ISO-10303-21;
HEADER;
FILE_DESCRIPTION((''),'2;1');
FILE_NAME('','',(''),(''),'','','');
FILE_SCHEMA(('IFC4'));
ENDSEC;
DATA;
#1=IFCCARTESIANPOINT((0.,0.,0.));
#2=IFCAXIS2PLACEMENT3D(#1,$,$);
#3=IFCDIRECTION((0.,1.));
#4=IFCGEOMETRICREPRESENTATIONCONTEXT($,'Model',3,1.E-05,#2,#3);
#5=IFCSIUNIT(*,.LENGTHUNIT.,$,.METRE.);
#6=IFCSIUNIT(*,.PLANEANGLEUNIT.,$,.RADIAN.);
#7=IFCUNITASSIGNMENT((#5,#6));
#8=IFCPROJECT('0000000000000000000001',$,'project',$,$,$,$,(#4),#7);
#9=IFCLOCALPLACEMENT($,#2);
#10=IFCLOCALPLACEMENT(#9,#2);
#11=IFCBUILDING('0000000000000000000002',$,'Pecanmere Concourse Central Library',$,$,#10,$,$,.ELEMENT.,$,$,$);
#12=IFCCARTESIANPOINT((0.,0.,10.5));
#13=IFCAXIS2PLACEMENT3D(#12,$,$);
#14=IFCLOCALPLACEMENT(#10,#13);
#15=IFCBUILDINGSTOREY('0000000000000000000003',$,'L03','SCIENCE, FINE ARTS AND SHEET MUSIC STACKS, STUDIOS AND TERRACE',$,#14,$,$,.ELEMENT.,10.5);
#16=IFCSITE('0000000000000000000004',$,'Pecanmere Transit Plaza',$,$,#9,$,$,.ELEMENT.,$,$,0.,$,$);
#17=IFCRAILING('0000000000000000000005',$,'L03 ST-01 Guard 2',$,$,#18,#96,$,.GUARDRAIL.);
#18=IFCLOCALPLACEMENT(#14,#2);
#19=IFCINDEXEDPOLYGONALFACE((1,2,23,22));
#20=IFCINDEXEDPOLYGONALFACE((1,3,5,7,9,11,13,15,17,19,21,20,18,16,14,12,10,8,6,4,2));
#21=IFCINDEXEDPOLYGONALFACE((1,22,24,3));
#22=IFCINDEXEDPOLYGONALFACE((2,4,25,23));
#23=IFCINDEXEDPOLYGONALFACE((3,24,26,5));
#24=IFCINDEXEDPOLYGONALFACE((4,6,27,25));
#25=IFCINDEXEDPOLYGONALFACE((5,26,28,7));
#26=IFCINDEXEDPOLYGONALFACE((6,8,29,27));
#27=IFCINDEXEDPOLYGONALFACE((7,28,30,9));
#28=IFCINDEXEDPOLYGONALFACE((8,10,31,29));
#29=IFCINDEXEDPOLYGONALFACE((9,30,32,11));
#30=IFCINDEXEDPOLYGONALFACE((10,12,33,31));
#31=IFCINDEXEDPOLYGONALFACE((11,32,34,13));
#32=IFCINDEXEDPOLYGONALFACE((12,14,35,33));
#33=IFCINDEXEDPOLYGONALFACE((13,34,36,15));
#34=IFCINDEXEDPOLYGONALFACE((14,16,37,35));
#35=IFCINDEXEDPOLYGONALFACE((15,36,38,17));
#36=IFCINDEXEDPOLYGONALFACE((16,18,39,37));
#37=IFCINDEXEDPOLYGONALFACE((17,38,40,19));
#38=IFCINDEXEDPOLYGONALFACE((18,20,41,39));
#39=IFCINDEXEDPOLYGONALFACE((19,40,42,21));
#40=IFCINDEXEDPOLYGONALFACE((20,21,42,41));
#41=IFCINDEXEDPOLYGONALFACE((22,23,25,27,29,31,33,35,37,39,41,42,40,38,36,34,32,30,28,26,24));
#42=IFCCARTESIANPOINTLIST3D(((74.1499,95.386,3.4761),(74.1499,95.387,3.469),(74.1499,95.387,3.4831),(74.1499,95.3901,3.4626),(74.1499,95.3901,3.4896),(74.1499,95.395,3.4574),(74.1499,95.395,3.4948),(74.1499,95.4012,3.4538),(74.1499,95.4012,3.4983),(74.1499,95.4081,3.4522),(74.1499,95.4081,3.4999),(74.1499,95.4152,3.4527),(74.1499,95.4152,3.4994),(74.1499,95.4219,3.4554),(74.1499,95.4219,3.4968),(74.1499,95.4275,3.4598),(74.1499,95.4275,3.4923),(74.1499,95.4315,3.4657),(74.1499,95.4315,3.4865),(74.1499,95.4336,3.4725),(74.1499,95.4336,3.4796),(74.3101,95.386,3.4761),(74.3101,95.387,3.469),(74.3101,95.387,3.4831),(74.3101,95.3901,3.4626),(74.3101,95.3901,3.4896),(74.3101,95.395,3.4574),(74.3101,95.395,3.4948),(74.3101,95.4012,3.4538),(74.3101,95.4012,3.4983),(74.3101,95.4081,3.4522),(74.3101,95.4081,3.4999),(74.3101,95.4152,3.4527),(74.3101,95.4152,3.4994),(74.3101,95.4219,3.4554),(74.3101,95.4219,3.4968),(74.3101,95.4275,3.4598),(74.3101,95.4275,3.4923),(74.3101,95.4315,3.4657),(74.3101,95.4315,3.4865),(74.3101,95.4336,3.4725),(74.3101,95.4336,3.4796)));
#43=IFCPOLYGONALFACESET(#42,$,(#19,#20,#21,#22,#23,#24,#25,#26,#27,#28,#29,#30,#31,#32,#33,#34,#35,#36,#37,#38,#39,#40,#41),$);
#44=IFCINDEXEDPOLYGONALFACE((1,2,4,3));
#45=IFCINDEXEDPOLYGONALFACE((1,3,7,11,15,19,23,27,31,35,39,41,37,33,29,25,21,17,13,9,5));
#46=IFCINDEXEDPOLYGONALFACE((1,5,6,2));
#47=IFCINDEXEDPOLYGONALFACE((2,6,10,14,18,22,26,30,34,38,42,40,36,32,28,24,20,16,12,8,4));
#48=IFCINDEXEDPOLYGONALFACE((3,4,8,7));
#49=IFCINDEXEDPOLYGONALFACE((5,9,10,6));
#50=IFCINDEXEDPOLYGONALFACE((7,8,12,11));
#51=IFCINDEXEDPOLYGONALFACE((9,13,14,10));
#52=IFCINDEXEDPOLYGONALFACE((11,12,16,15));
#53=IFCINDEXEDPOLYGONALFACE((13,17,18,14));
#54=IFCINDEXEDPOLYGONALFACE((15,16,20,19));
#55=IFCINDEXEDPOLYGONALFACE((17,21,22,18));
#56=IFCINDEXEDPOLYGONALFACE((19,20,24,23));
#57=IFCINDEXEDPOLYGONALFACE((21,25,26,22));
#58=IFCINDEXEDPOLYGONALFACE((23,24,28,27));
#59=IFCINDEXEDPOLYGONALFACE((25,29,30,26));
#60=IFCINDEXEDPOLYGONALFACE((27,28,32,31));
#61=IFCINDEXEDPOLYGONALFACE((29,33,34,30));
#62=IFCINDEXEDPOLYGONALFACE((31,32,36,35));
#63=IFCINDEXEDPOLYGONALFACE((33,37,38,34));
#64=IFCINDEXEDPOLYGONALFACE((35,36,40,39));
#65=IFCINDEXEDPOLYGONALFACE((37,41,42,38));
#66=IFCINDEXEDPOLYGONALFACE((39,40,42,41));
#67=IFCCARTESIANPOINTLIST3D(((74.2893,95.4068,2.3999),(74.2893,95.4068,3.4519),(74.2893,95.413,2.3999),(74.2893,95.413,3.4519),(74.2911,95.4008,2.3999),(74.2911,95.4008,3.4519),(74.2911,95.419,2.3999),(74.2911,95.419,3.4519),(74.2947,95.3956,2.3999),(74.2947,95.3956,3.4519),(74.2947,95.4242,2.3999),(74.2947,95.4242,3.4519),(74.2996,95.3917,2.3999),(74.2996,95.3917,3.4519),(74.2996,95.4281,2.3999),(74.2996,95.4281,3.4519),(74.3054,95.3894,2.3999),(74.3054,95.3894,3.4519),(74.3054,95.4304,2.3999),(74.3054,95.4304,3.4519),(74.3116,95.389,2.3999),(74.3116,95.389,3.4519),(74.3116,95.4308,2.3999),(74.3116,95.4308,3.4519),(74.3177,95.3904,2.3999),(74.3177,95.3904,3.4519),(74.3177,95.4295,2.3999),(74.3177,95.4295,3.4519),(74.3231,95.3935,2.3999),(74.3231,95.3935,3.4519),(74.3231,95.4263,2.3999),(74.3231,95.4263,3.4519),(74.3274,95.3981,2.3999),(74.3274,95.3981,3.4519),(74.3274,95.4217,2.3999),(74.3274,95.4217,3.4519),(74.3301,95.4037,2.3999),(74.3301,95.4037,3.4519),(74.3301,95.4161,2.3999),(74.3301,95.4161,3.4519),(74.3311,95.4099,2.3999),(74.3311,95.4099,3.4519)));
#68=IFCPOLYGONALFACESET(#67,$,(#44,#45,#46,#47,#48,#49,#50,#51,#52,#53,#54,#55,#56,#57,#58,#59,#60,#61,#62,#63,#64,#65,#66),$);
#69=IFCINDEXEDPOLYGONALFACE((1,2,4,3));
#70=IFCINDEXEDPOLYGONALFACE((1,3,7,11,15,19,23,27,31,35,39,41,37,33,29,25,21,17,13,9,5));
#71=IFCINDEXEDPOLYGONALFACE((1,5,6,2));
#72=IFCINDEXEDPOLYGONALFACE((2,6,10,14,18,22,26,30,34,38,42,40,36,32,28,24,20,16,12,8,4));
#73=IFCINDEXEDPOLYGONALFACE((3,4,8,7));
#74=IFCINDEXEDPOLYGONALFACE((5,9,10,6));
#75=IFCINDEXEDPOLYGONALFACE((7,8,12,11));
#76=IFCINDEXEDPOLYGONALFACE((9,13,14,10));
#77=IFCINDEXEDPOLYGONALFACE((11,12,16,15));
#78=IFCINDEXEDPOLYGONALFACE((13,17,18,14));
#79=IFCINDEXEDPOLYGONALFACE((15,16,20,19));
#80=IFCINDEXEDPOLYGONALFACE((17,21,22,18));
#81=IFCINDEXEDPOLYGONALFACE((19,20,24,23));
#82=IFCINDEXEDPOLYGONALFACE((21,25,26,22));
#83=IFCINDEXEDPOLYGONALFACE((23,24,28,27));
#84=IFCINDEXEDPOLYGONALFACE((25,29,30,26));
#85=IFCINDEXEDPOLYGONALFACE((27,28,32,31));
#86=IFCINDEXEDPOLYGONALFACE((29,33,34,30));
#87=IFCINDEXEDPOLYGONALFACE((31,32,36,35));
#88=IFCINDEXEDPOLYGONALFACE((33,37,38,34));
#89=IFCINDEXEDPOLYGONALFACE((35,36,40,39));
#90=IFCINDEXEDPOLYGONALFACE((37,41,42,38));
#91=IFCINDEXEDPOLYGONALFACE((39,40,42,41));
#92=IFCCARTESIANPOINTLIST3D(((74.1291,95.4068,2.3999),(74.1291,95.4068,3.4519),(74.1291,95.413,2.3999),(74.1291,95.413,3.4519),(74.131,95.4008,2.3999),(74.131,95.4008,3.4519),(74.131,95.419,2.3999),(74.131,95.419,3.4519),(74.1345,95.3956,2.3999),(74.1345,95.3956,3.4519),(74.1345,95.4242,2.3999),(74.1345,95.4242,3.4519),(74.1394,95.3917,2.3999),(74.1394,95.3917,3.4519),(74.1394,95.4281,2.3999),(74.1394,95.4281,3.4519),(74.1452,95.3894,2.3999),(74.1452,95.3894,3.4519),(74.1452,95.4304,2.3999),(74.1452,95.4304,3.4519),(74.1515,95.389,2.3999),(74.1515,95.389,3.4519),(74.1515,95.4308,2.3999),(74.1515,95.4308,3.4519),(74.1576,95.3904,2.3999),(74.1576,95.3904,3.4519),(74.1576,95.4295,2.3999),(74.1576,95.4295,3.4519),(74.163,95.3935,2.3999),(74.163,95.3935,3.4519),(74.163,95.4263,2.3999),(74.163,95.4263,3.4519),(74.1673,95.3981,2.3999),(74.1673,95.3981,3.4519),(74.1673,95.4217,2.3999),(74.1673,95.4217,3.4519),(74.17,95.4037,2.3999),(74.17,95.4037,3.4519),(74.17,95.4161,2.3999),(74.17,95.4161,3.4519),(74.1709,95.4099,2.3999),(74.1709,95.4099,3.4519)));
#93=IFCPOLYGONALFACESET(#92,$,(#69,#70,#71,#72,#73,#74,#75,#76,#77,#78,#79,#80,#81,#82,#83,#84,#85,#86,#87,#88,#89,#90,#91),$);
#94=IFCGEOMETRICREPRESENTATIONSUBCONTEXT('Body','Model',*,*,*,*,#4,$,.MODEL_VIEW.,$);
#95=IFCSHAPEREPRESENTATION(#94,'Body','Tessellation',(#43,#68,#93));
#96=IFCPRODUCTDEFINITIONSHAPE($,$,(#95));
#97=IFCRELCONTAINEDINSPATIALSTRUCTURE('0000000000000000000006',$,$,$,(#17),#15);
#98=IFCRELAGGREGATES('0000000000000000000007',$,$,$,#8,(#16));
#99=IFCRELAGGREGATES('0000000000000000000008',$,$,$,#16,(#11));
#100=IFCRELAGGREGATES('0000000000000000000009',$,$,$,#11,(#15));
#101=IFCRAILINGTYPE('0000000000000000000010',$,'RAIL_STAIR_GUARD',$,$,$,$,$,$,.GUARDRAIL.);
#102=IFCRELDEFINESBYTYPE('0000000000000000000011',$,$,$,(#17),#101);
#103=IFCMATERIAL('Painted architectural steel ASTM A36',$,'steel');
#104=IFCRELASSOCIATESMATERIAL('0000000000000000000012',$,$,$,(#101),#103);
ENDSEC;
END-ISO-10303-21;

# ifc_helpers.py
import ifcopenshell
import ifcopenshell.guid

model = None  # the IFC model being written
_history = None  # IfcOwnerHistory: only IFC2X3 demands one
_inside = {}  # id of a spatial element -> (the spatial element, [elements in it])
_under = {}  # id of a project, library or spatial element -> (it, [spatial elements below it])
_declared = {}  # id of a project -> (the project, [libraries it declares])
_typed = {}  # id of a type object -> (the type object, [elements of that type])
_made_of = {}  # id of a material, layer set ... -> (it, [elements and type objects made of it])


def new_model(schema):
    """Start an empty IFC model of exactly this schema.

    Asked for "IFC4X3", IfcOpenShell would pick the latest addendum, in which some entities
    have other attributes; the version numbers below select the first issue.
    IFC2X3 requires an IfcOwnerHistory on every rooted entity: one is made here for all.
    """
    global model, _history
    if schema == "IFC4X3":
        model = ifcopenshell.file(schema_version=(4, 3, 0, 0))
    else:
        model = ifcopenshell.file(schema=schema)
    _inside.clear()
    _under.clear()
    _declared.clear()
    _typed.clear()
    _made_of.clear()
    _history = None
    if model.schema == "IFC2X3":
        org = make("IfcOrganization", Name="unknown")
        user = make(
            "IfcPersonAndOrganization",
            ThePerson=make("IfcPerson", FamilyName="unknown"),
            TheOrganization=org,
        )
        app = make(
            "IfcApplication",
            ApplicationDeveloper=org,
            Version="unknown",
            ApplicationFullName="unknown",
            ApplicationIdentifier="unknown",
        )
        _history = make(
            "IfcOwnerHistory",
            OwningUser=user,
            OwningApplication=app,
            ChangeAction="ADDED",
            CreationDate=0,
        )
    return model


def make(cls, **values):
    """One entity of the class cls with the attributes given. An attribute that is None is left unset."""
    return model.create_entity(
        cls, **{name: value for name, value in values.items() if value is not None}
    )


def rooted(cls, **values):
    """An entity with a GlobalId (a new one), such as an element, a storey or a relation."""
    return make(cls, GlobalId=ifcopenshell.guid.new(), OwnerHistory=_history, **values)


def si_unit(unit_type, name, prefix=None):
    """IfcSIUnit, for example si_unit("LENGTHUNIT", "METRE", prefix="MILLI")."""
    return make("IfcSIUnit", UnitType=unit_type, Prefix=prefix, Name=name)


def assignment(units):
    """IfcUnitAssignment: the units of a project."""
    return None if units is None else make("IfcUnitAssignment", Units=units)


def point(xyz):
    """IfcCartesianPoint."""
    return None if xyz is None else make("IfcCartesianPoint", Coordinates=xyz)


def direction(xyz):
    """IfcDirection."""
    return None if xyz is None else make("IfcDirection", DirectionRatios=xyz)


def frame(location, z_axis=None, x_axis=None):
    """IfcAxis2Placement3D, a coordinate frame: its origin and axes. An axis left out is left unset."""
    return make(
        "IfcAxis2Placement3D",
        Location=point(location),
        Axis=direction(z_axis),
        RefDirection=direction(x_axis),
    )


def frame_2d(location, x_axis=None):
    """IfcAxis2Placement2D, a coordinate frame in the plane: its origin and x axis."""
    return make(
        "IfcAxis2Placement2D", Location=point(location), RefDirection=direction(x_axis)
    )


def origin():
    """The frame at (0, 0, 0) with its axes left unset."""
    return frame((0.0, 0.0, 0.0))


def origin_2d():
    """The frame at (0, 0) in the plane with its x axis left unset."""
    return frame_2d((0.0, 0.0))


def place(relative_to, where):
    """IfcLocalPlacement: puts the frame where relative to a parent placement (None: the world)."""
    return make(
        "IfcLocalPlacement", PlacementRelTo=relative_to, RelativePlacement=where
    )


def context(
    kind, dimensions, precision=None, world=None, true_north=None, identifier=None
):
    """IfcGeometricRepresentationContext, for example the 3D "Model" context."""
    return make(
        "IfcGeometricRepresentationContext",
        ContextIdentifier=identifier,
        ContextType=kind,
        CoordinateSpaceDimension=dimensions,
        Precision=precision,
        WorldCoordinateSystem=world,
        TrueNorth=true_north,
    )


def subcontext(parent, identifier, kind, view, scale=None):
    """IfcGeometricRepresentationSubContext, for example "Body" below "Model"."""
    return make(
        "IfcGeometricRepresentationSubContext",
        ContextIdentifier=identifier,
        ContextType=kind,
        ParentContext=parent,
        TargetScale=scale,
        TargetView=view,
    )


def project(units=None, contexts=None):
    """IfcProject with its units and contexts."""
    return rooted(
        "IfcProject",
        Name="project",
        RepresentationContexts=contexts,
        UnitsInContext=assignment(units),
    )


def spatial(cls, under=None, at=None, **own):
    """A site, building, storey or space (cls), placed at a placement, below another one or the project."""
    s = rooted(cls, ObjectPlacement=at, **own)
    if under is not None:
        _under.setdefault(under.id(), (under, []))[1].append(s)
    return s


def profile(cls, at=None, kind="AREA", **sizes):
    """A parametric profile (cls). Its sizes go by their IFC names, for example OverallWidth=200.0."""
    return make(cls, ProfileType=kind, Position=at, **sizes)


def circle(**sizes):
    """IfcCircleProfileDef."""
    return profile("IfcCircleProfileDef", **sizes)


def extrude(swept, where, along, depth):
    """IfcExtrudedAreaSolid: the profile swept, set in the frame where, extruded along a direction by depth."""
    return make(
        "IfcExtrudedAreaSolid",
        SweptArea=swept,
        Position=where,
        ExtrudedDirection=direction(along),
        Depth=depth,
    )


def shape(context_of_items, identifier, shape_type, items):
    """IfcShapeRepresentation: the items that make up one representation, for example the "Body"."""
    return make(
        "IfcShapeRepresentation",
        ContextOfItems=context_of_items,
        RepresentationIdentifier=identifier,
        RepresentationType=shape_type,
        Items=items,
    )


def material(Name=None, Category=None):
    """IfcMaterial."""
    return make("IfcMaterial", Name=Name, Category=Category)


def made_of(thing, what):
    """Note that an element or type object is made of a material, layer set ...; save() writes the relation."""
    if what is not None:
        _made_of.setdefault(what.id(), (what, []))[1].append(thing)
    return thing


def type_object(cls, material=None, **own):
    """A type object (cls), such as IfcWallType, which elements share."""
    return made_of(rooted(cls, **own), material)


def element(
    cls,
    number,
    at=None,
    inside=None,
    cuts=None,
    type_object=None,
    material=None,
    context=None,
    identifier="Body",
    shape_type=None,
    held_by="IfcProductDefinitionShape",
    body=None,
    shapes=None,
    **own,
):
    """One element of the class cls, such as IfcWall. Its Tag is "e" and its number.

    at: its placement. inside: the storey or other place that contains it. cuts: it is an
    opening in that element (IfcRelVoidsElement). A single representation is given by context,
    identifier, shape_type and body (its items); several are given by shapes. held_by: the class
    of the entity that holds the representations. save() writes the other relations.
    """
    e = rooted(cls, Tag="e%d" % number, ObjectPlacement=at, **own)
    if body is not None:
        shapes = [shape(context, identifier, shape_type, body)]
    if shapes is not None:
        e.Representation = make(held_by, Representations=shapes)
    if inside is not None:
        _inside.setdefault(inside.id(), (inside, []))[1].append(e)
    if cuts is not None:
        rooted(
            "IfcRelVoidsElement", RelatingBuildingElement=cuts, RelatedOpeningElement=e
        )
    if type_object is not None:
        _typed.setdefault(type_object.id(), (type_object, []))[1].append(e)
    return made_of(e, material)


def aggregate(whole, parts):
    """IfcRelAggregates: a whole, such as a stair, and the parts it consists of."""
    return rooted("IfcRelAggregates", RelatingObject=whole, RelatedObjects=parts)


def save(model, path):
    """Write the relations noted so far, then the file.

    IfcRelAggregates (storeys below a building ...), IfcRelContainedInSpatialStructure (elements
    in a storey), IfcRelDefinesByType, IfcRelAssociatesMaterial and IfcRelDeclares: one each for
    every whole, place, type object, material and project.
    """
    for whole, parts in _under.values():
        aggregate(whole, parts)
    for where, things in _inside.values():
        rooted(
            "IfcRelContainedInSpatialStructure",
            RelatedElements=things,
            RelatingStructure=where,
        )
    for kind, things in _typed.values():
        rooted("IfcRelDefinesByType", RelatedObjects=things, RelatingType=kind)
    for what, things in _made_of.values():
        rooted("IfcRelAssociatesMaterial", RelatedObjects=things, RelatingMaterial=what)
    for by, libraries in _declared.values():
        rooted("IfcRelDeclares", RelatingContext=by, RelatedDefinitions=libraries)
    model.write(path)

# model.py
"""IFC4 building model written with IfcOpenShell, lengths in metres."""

from ifc_helpers import new_model, si_unit, direction, frame, origin, origin_2d, place, context, subcontext, project, spatial, circle, extrude, material, type_object, element, save


model = new_model("IFC4")

# Units and contexts
model_context = context("Model", 3, precision=1e-05, world=origin(), true_north=direction((0.0, 1.0)))
body_context = subcontext(model_context, "Body", "Model", "MODEL_VIEW")
ifc_project = project(units=[si_unit("LENGTHUNIT", "METRE"), si_unit("PLANEANGLEUNIT", "RADIAN")], contexts=[model_context])

# Site, building, storey
site_placement = place(None, origin())
site = spatial("IfcSite", under=ifc_project, at=site_placement, Name="Pecanmere Transit Plaza", CompositionType="ELEMENT", RefElevation=0.0)
building_placement = place(site_placement, origin())
building = spatial("IfcBuilding", under=site, at=building_placement, Name="Pecanmere Concourse Central Library", CompositionType="ELEMENT")
storey_placement = place(building_placement, frame((0.0, 0.0, 10.5)))
storey = spatial("IfcBuildingStorey", under=building, at=storey_placement, Name="L03", Description="SCIENCE, FINE ARTS AND SHEET MUSIC STACKS, STUDIOS AND TERRACE", CompositionType="ELEMENT", Elevation=10.5)

# Railing
ifc_material_1 = material(Name="Painted architectural steel ASTM A36", Category="steel")
railing_type_1 = type_object("IfcRailingType", Name="RAIL_STAIR_GUARD", PredefinedType="GUARDRAIL", material=ifc_material_1)
railing_1_placement = place(storey_placement, frame((74.3101, 95.4099, 2.3999)))
element("IfcRailing", 1, at=railing_1_placement, inside=storey, type_object=railing_type_1, Name="L03 ST-01 Guard 2", PredefinedType="GUARDRAIL", context=body_context, shape_type="SweptSolid", body=[
    extrude(circle(Radius=0.0239, at=origin_2d()), frame((0.0, 0.0, 1.0762), z_axis=(-1.0, 0.0, 0.0), x_axis=(0.0, -1.0, 0.0)), (0.0, 0.0, 1.0), 0.1602),
    extrude(circle(Radius=0.021, at=origin_2d()), origin(), (0.0, 0.0, 1.0), 1.052),
    extrude(circle(Radius=0.021, at=origin_2d()), frame((-0.1602, 0.0, 0.0)), (0.0, 0.0, 1.0), 1.052),
])

save(model, "model.ifc")
